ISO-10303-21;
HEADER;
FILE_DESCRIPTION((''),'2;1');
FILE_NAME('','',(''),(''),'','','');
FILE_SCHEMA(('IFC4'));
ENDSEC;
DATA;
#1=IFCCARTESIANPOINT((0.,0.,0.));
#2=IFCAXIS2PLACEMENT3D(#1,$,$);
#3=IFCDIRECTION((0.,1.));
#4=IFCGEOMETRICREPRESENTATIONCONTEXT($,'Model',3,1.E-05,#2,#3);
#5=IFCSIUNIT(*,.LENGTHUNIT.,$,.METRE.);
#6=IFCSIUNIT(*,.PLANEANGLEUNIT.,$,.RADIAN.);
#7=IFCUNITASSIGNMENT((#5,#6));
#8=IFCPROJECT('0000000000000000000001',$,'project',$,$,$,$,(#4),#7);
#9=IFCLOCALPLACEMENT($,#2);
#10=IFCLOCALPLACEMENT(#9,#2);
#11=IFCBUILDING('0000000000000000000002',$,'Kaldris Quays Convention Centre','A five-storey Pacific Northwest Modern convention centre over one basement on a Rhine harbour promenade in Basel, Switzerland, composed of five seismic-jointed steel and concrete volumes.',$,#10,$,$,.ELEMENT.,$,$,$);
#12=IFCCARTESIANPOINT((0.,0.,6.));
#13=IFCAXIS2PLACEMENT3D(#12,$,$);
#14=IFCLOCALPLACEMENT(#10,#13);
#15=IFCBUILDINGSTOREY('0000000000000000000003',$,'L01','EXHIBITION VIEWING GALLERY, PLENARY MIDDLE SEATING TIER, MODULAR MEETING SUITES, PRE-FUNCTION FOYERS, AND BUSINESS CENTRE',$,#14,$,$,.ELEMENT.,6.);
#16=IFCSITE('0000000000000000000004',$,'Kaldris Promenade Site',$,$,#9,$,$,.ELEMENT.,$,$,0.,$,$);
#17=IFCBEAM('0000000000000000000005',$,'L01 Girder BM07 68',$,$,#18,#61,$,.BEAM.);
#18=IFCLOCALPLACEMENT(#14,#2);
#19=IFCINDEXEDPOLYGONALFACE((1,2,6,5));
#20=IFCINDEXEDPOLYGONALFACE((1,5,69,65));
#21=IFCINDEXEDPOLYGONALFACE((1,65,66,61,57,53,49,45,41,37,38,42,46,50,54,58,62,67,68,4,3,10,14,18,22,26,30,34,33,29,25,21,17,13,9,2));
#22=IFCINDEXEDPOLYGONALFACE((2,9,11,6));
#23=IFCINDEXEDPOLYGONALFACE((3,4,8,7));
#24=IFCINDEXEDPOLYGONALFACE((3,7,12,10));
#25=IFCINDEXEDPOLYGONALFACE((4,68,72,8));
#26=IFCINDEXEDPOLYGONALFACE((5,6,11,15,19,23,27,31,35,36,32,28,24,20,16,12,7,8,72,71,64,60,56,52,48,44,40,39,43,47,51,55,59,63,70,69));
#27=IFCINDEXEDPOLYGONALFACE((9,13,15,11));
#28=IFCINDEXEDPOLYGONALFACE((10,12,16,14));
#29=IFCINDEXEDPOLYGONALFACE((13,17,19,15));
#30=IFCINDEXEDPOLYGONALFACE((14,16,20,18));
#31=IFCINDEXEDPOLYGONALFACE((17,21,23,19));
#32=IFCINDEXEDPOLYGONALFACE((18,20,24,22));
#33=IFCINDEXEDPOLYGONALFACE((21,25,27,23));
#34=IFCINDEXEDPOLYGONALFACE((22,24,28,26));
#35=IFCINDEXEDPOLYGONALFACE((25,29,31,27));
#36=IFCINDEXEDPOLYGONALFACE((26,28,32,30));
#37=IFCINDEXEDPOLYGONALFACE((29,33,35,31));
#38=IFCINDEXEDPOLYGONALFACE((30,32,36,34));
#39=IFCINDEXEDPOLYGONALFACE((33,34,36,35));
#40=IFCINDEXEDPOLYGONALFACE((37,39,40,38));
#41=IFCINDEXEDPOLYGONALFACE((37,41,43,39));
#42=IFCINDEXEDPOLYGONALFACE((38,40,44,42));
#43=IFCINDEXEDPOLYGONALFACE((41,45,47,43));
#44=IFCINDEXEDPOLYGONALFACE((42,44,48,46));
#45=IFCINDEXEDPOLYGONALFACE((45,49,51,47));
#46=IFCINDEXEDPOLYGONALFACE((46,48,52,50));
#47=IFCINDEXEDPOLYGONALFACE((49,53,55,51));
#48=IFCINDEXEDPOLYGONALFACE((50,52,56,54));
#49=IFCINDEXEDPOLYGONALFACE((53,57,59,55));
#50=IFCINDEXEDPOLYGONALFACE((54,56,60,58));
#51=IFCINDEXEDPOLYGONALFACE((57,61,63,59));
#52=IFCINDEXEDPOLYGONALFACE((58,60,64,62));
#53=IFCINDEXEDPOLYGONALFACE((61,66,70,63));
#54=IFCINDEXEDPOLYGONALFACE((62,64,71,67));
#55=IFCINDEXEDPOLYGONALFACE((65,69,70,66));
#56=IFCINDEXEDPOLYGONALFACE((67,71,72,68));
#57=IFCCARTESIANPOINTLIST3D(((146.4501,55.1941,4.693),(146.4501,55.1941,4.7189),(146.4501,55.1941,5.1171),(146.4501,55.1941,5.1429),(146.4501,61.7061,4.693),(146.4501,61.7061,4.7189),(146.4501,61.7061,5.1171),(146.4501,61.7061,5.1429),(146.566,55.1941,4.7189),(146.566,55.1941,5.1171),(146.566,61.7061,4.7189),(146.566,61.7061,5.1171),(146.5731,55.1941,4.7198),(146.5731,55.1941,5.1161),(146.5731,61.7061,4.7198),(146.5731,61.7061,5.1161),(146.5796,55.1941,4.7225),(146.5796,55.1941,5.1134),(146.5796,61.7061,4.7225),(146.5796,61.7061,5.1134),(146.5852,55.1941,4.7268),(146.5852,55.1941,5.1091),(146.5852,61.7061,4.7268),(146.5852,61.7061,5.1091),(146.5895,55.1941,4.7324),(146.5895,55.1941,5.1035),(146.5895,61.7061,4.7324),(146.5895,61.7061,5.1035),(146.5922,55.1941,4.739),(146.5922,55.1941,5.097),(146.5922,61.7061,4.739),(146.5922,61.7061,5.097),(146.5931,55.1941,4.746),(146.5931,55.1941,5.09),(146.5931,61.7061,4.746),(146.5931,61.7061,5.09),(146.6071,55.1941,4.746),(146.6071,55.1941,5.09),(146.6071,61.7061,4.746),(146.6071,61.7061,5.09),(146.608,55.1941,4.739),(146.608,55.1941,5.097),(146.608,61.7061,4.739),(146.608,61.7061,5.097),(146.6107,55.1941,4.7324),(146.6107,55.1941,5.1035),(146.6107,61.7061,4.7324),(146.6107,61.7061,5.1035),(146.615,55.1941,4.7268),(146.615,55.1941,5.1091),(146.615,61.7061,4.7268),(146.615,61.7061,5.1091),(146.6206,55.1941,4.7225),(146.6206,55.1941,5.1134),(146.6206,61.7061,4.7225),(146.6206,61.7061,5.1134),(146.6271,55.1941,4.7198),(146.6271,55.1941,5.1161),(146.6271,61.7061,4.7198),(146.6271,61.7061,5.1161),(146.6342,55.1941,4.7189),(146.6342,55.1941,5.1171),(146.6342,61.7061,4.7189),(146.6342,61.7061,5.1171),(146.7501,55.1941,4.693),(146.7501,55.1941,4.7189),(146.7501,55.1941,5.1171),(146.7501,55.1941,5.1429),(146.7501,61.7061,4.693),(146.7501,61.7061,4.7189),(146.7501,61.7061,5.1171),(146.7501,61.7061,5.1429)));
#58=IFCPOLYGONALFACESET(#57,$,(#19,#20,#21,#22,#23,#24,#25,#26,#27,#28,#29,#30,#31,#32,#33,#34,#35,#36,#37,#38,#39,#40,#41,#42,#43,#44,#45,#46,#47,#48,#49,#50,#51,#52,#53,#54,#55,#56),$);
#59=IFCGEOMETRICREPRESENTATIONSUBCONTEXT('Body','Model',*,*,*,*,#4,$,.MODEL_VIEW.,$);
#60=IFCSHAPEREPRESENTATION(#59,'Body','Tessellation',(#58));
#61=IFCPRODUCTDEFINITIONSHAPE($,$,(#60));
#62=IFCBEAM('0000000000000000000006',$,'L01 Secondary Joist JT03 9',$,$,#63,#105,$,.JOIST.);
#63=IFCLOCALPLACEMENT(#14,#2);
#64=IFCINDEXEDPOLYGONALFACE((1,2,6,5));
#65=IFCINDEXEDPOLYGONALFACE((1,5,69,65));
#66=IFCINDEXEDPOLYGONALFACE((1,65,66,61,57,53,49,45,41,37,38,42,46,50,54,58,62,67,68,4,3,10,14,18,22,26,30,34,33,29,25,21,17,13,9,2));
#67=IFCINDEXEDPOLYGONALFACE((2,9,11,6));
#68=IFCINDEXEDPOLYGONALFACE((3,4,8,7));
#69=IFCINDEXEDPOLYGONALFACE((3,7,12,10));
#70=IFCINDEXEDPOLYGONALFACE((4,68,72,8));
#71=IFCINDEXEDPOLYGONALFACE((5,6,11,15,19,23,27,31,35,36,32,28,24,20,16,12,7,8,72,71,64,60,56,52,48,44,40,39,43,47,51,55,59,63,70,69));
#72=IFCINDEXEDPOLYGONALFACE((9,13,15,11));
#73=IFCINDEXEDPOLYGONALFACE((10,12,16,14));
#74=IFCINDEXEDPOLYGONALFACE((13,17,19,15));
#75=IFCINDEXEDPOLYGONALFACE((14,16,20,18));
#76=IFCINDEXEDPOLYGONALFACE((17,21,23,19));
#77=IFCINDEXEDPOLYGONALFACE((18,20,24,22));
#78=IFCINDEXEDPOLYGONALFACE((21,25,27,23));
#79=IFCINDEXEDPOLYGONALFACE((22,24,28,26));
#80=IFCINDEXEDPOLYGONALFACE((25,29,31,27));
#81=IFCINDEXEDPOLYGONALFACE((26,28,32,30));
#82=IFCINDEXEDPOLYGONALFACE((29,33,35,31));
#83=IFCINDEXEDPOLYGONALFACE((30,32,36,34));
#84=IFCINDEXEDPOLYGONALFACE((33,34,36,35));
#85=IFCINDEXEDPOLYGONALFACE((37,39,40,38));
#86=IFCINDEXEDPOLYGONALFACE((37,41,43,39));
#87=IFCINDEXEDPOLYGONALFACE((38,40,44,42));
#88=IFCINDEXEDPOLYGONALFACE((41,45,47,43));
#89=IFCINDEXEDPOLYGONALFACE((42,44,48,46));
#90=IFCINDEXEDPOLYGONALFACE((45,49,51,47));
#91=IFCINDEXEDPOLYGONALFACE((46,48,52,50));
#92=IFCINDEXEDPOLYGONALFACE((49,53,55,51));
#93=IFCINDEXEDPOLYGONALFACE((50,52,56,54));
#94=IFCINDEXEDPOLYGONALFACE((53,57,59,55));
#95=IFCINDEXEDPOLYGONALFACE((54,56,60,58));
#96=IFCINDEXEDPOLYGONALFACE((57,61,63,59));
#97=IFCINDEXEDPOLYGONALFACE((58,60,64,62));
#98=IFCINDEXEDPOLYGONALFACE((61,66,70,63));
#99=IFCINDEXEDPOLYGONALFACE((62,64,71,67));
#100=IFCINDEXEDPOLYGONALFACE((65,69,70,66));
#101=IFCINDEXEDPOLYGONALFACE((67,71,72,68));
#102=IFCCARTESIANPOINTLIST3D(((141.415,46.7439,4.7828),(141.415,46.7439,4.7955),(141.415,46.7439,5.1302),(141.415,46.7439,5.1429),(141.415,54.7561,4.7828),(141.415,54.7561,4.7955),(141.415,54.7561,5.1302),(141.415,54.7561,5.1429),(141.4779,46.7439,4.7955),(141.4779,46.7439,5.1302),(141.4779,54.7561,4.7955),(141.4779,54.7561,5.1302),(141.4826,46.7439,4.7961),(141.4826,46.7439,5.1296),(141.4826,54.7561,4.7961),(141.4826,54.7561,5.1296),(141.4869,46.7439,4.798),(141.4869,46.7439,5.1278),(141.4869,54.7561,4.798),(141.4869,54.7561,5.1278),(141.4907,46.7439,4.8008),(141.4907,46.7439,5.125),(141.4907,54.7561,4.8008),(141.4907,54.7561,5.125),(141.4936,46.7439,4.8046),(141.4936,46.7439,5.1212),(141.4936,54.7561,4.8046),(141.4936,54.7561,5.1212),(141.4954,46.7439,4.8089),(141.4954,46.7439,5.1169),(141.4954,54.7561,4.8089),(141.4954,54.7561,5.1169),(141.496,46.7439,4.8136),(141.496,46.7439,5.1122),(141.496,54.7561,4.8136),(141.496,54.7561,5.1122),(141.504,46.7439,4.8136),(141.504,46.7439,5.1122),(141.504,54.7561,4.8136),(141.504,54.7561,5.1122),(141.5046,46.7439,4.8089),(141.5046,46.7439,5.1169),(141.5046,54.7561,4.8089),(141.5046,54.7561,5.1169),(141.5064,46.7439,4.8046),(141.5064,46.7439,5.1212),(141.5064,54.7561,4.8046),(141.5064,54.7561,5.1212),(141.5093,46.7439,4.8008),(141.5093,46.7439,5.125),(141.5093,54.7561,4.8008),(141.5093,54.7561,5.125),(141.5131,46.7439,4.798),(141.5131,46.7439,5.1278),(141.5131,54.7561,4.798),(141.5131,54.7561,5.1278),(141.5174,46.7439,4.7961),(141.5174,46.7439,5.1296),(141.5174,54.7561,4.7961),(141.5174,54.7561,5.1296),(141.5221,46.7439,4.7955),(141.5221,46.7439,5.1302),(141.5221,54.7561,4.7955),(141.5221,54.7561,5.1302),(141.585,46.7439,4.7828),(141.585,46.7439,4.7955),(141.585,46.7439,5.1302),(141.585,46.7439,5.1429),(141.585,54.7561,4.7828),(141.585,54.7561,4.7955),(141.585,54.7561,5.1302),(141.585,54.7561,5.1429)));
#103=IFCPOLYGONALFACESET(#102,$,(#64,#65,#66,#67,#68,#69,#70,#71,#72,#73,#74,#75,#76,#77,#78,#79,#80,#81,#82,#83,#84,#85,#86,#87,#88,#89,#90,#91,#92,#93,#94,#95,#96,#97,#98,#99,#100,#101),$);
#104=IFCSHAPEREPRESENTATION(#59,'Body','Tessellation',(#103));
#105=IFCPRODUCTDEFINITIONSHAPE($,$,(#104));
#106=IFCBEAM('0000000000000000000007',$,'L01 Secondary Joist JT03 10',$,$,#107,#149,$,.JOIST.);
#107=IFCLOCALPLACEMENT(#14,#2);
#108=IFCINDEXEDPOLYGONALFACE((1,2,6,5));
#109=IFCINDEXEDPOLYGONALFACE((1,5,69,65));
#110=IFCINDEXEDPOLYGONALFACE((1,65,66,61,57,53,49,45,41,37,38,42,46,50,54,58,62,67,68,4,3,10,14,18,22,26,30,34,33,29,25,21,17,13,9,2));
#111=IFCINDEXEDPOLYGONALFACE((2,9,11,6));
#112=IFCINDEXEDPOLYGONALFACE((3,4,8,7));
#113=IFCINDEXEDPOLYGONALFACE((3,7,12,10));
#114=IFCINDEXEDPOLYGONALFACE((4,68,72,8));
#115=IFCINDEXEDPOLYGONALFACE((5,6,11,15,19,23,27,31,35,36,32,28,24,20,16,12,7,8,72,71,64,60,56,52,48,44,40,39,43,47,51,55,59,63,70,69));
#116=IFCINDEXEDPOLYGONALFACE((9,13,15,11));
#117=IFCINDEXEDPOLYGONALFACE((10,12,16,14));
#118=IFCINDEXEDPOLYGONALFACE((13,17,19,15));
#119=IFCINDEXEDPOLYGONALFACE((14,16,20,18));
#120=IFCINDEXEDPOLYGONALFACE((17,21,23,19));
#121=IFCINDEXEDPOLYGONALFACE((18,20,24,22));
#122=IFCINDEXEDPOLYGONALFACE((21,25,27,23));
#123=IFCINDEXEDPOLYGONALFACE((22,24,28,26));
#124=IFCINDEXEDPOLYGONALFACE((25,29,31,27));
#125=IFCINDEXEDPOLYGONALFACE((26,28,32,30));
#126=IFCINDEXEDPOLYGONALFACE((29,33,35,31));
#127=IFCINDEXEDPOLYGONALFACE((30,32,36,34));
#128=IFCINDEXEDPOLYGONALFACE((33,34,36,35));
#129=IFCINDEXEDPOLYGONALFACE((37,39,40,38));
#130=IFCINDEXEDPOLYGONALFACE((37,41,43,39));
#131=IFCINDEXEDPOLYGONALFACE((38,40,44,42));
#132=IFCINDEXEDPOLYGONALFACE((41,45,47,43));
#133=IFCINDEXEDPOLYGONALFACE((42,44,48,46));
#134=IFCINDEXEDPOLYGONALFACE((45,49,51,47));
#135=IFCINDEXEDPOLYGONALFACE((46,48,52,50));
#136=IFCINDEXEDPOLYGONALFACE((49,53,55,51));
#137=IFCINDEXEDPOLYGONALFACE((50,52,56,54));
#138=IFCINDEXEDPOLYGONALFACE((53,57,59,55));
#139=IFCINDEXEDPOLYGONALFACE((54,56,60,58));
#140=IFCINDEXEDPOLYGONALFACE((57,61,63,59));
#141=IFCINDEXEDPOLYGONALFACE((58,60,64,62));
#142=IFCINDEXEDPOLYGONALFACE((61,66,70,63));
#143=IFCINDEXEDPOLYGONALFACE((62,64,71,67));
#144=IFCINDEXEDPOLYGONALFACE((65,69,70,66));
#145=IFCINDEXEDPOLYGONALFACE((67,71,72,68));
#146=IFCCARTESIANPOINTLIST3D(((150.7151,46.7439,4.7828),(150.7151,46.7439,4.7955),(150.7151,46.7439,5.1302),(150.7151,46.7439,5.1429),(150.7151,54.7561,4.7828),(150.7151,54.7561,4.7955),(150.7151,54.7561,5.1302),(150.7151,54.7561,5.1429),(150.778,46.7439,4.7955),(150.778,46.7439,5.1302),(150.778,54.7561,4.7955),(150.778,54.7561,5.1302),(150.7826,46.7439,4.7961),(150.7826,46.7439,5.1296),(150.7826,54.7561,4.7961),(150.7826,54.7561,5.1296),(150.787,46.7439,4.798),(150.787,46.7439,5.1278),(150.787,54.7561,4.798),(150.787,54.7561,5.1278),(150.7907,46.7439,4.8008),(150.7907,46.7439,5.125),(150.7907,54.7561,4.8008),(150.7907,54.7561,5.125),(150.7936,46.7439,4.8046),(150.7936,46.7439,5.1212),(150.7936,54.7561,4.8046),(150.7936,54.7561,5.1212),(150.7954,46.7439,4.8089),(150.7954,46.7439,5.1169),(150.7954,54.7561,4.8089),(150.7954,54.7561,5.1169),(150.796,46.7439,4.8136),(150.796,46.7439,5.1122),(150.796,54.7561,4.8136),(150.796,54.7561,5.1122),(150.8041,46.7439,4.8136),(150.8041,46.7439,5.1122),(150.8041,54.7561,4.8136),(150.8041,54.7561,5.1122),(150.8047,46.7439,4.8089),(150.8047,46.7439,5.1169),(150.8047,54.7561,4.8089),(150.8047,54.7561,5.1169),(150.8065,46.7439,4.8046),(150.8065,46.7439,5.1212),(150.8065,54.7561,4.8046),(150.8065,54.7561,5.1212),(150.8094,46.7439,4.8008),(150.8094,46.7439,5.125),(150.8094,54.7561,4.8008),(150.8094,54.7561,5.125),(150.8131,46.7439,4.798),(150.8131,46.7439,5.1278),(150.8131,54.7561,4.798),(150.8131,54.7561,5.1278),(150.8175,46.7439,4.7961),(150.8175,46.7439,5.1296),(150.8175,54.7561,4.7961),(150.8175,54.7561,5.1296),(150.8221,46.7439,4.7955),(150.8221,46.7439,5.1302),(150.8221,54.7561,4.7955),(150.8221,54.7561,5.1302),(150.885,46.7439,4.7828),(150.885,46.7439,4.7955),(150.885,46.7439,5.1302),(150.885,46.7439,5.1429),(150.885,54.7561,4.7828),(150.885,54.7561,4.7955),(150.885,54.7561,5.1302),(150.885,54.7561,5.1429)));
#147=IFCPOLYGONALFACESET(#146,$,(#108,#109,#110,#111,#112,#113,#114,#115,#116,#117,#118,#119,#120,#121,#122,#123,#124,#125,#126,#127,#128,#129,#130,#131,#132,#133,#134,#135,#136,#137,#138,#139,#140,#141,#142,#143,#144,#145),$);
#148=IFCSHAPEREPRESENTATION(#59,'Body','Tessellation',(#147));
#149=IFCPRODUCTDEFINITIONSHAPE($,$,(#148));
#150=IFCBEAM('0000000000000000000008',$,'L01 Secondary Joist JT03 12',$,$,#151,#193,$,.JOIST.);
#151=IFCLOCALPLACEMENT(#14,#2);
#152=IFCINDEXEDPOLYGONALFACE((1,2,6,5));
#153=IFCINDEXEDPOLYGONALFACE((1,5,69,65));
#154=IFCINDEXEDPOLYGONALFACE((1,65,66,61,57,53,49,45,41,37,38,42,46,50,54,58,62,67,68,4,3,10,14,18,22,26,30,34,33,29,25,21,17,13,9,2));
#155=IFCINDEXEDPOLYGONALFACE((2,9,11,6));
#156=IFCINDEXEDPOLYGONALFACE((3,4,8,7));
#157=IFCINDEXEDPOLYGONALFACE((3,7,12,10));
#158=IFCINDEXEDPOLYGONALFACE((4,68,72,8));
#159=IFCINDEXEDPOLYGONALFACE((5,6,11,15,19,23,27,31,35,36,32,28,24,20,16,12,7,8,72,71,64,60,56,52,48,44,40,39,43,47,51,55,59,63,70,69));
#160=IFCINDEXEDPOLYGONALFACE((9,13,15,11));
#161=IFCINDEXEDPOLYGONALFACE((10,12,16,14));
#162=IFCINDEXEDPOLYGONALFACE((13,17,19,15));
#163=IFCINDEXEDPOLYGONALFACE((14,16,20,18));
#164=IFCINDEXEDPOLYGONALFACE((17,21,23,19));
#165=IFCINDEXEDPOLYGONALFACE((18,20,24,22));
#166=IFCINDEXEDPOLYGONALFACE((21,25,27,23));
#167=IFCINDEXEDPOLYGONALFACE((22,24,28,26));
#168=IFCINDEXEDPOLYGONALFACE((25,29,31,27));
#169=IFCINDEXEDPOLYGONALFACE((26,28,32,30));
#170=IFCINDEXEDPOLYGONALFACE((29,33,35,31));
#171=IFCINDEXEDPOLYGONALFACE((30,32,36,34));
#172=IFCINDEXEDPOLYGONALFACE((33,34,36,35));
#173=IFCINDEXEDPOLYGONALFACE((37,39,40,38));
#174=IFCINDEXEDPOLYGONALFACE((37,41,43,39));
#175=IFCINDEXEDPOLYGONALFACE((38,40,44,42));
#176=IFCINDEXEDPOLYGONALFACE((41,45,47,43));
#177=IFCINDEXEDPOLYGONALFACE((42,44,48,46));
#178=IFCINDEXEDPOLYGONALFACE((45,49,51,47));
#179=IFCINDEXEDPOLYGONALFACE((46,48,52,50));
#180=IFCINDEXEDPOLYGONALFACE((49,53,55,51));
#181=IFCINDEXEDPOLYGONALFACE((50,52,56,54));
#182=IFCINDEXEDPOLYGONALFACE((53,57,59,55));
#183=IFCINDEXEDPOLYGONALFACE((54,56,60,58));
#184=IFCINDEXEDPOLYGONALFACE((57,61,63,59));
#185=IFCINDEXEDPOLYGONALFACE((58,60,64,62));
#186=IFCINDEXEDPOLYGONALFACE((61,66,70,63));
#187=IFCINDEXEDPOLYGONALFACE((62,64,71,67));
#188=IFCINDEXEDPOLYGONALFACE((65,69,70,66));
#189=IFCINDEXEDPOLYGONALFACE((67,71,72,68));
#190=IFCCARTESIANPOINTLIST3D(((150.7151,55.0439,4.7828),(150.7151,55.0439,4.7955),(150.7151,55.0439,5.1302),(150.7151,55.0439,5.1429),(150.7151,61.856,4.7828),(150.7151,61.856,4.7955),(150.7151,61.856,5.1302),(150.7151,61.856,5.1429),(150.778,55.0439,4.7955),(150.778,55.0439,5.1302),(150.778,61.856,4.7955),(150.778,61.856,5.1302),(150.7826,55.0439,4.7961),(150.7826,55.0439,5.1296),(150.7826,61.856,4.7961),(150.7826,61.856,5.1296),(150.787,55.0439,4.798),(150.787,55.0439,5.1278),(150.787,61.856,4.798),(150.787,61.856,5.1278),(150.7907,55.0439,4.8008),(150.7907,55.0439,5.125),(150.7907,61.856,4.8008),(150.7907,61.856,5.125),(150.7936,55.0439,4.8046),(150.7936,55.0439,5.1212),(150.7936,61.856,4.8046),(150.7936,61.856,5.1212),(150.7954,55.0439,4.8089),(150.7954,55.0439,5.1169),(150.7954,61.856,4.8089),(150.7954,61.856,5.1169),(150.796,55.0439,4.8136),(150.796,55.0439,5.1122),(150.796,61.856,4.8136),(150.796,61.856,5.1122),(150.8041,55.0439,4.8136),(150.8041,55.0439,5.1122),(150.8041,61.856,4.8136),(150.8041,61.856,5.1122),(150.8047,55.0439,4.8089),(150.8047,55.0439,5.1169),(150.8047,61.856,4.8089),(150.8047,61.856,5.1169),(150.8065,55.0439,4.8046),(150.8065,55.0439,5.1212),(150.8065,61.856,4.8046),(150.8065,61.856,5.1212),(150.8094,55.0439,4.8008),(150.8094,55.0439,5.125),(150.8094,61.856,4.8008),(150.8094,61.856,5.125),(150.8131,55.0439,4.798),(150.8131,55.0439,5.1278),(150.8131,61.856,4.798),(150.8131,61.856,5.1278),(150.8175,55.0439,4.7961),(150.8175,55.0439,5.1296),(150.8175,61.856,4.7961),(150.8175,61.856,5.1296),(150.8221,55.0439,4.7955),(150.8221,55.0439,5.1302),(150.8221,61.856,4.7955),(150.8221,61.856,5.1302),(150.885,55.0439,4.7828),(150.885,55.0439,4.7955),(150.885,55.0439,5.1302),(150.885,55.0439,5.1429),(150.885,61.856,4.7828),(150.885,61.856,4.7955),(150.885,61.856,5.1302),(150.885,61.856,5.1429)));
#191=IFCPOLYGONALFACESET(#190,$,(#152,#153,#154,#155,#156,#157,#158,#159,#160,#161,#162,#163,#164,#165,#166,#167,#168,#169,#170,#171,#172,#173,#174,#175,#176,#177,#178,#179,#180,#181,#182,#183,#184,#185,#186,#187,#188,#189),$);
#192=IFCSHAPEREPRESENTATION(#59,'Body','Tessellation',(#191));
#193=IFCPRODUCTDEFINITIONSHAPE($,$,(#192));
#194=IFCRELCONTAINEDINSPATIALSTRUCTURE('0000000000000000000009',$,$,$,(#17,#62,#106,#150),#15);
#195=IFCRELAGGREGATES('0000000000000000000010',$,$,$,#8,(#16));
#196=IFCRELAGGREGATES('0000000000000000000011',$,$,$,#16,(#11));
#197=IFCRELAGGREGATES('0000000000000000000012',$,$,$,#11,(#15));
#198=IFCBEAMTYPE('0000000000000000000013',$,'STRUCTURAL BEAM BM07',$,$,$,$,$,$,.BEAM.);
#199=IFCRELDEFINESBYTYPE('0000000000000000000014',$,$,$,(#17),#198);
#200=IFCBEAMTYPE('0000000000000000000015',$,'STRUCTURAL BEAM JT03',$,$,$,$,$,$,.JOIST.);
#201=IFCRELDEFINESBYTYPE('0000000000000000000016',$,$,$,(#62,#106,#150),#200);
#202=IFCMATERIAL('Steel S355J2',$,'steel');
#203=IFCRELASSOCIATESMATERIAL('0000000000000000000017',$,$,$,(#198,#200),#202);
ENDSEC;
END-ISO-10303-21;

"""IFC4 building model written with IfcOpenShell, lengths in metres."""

from ifc_helpers import new_model, si_unit, direction, frame, origin, origin_2d, place, context, subcontext, project, spatial, i_section, extrude, material, material_profile, profile_set, type_object, element, save


model = new_model("IFC4")

# Units and contexts
model_context = context("Model", 3, precision=1e-05, world=origin(), true_north=direction((0.0, 1.0)))
body_context = subcontext(model_context, "Body", "Model", "MODEL_VIEW")
ifc_project = project(units=[si_unit("LENGTHUNIT", "METRE"), si_unit("PLANEANGLEUNIT", "RADIAN")], contexts=[model_context])

# Site, building, storey
site_placement = place(None, origin())
site = spatial("IfcSite", under=ifc_project, at=site_placement, Name="Kaldris Promenade Site", CompositionType="ELEMENT", RefElevation=0.0)
building_placement = place(site_placement, origin())
building = spatial("IfcBuilding", under=site, at=building_placement, Name="Kaldris Quays Convention Centre", Description="A five-storey Pacific Northwest Modern convention centre over one basement on a Rhine harbour promenade in Basel, Switzerland, composed of five seismic-jointed steel and concrete volumes.", CompositionType="ELEMENT")
storey_placement = place(building_placement, frame((0.0, 0.0, 6.0)))
storey = spatial("IfcBuildingStorey", under=building, at=storey_placement, Name="L01", Description="EXHIBITION VIEWING GALLERY, PLENARY MIDDLE SEATING TIER, MODULAR MEETING SUITES, PRE-FUNCTION FOYERS, AND BUSINESS CENTRE", CompositionType="ELEMENT", Elevation=6.0)

# Beams
ifc_material_1 = material(Name="Steel S355J2", Category="steel")
ifc_material_profile_1 = material_profile(ifc_material_1, i_section(OverallWidth=0.3, OverallDepth=0.45, WebThickness=0.0139, FlangeThickness=0.0259, FilletRadius=0.0271, at=origin_2d()), Name="HEB 450")
ifc_profile_set_1 = profile_set([ifc_material_profile_1], Name="Steel S355J2")
beam_type_1 = type_object("IfcBeamType", Name="STRUCTURAL BEAM BM07", PredefinedType="BEAM", material=ifc_profile_set_1)
beam_1_placement = place(storey_placement, frame((146.6001, 55.1941, 4.918), z_axis=(0.0, 1.0, 0.0), x_axis=(-1.0, 0.0, 0.0)))
element("IfcBeam", 1, at=beam_1_placement, inside=storey, type_object=beam_type_1, Name="L01 Girder BM07 68", PredefinedType="BEAM", context=body_context, shape_type="SweptSolid", body=[
    extrude(i_section(OverallWidth=0.3, OverallDepth=0.45, WebThickness=0.0139, FlangeThickness=0.0259, FilletRadius=0.0271, at=origin_2d()), origin(), (0.0, 0.0, 1.0), 6.512),
])
ifc_material_profile_2 = material_profile(ifc_material_1, i_section(OverallWidth=0.1699, OverallDepth=0.3601, WebThickness=0.0081, FlangeThickness=0.0127, FilletRadius=0.0181, at=origin_2d()), Name="IPE 360")
ifc_profile_set_2 = profile_set([ifc_material_profile_2], Name="Steel S355J2")
beam_type_2 = type_object("IfcBeamType", Name="STRUCTURAL BEAM JT03", PredefinedType="JOIST", material=ifc_profile_set_2)
for number, where, z_axis, x_axis, name in (
    (2, (141.5, 46.7439, 4.9629), (0.0, 1.0, 0.0), (-1.0, 0.0, 0.0), "L01 Secondary Joist JT03 9"),
    (3, (150.8, 46.7439, 4.9629), (0.0, 1.0, 0.0), (-1.0, 0.0, 0.0), "L01 Secondary Joist JT03 10"),
):
    element("IfcBeam", number, at=place(storey_placement, frame(where, z_axis=z_axis, x_axis=x_axis)), inside=storey, type_object=beam_type_2, Name=name, PredefinedType="JOIST", context=body_context, shape_type="SweptSolid", body=[
        extrude(i_section(OverallWidth=0.1699, OverallDepth=0.3601, WebThickness=0.0081, FlangeThickness=0.0127, FilletRadius=0.0181, at=origin_2d()), origin(), (0.0, 0.0, 1.0), 8.0122),
    ])
beam_2_placement = place(storey_placement, frame((150.8, 55.0439, 4.9629), z_axis=(0.0, 1.0, 0.0), x_axis=(-1.0, 0.0, 0.0)))
element("IfcBeam", 4, at=beam_2_placement, inside=storey, type_object=beam_type_2, Name="L01 Secondary Joist JT03 12", PredefinedType="JOIST", context=body_context, shape_type="SweptSolid", body=[
    extrude(i_section(OverallWidth=0.1699, OverallDepth=0.3601, WebThickness=0.0081, FlangeThickness=0.0127, FilletRadius=0.0181, at=origin_2d()), origin(), (0.0, 0.0, 1.0), 6.812),
])

save(model, "model.ifc")
